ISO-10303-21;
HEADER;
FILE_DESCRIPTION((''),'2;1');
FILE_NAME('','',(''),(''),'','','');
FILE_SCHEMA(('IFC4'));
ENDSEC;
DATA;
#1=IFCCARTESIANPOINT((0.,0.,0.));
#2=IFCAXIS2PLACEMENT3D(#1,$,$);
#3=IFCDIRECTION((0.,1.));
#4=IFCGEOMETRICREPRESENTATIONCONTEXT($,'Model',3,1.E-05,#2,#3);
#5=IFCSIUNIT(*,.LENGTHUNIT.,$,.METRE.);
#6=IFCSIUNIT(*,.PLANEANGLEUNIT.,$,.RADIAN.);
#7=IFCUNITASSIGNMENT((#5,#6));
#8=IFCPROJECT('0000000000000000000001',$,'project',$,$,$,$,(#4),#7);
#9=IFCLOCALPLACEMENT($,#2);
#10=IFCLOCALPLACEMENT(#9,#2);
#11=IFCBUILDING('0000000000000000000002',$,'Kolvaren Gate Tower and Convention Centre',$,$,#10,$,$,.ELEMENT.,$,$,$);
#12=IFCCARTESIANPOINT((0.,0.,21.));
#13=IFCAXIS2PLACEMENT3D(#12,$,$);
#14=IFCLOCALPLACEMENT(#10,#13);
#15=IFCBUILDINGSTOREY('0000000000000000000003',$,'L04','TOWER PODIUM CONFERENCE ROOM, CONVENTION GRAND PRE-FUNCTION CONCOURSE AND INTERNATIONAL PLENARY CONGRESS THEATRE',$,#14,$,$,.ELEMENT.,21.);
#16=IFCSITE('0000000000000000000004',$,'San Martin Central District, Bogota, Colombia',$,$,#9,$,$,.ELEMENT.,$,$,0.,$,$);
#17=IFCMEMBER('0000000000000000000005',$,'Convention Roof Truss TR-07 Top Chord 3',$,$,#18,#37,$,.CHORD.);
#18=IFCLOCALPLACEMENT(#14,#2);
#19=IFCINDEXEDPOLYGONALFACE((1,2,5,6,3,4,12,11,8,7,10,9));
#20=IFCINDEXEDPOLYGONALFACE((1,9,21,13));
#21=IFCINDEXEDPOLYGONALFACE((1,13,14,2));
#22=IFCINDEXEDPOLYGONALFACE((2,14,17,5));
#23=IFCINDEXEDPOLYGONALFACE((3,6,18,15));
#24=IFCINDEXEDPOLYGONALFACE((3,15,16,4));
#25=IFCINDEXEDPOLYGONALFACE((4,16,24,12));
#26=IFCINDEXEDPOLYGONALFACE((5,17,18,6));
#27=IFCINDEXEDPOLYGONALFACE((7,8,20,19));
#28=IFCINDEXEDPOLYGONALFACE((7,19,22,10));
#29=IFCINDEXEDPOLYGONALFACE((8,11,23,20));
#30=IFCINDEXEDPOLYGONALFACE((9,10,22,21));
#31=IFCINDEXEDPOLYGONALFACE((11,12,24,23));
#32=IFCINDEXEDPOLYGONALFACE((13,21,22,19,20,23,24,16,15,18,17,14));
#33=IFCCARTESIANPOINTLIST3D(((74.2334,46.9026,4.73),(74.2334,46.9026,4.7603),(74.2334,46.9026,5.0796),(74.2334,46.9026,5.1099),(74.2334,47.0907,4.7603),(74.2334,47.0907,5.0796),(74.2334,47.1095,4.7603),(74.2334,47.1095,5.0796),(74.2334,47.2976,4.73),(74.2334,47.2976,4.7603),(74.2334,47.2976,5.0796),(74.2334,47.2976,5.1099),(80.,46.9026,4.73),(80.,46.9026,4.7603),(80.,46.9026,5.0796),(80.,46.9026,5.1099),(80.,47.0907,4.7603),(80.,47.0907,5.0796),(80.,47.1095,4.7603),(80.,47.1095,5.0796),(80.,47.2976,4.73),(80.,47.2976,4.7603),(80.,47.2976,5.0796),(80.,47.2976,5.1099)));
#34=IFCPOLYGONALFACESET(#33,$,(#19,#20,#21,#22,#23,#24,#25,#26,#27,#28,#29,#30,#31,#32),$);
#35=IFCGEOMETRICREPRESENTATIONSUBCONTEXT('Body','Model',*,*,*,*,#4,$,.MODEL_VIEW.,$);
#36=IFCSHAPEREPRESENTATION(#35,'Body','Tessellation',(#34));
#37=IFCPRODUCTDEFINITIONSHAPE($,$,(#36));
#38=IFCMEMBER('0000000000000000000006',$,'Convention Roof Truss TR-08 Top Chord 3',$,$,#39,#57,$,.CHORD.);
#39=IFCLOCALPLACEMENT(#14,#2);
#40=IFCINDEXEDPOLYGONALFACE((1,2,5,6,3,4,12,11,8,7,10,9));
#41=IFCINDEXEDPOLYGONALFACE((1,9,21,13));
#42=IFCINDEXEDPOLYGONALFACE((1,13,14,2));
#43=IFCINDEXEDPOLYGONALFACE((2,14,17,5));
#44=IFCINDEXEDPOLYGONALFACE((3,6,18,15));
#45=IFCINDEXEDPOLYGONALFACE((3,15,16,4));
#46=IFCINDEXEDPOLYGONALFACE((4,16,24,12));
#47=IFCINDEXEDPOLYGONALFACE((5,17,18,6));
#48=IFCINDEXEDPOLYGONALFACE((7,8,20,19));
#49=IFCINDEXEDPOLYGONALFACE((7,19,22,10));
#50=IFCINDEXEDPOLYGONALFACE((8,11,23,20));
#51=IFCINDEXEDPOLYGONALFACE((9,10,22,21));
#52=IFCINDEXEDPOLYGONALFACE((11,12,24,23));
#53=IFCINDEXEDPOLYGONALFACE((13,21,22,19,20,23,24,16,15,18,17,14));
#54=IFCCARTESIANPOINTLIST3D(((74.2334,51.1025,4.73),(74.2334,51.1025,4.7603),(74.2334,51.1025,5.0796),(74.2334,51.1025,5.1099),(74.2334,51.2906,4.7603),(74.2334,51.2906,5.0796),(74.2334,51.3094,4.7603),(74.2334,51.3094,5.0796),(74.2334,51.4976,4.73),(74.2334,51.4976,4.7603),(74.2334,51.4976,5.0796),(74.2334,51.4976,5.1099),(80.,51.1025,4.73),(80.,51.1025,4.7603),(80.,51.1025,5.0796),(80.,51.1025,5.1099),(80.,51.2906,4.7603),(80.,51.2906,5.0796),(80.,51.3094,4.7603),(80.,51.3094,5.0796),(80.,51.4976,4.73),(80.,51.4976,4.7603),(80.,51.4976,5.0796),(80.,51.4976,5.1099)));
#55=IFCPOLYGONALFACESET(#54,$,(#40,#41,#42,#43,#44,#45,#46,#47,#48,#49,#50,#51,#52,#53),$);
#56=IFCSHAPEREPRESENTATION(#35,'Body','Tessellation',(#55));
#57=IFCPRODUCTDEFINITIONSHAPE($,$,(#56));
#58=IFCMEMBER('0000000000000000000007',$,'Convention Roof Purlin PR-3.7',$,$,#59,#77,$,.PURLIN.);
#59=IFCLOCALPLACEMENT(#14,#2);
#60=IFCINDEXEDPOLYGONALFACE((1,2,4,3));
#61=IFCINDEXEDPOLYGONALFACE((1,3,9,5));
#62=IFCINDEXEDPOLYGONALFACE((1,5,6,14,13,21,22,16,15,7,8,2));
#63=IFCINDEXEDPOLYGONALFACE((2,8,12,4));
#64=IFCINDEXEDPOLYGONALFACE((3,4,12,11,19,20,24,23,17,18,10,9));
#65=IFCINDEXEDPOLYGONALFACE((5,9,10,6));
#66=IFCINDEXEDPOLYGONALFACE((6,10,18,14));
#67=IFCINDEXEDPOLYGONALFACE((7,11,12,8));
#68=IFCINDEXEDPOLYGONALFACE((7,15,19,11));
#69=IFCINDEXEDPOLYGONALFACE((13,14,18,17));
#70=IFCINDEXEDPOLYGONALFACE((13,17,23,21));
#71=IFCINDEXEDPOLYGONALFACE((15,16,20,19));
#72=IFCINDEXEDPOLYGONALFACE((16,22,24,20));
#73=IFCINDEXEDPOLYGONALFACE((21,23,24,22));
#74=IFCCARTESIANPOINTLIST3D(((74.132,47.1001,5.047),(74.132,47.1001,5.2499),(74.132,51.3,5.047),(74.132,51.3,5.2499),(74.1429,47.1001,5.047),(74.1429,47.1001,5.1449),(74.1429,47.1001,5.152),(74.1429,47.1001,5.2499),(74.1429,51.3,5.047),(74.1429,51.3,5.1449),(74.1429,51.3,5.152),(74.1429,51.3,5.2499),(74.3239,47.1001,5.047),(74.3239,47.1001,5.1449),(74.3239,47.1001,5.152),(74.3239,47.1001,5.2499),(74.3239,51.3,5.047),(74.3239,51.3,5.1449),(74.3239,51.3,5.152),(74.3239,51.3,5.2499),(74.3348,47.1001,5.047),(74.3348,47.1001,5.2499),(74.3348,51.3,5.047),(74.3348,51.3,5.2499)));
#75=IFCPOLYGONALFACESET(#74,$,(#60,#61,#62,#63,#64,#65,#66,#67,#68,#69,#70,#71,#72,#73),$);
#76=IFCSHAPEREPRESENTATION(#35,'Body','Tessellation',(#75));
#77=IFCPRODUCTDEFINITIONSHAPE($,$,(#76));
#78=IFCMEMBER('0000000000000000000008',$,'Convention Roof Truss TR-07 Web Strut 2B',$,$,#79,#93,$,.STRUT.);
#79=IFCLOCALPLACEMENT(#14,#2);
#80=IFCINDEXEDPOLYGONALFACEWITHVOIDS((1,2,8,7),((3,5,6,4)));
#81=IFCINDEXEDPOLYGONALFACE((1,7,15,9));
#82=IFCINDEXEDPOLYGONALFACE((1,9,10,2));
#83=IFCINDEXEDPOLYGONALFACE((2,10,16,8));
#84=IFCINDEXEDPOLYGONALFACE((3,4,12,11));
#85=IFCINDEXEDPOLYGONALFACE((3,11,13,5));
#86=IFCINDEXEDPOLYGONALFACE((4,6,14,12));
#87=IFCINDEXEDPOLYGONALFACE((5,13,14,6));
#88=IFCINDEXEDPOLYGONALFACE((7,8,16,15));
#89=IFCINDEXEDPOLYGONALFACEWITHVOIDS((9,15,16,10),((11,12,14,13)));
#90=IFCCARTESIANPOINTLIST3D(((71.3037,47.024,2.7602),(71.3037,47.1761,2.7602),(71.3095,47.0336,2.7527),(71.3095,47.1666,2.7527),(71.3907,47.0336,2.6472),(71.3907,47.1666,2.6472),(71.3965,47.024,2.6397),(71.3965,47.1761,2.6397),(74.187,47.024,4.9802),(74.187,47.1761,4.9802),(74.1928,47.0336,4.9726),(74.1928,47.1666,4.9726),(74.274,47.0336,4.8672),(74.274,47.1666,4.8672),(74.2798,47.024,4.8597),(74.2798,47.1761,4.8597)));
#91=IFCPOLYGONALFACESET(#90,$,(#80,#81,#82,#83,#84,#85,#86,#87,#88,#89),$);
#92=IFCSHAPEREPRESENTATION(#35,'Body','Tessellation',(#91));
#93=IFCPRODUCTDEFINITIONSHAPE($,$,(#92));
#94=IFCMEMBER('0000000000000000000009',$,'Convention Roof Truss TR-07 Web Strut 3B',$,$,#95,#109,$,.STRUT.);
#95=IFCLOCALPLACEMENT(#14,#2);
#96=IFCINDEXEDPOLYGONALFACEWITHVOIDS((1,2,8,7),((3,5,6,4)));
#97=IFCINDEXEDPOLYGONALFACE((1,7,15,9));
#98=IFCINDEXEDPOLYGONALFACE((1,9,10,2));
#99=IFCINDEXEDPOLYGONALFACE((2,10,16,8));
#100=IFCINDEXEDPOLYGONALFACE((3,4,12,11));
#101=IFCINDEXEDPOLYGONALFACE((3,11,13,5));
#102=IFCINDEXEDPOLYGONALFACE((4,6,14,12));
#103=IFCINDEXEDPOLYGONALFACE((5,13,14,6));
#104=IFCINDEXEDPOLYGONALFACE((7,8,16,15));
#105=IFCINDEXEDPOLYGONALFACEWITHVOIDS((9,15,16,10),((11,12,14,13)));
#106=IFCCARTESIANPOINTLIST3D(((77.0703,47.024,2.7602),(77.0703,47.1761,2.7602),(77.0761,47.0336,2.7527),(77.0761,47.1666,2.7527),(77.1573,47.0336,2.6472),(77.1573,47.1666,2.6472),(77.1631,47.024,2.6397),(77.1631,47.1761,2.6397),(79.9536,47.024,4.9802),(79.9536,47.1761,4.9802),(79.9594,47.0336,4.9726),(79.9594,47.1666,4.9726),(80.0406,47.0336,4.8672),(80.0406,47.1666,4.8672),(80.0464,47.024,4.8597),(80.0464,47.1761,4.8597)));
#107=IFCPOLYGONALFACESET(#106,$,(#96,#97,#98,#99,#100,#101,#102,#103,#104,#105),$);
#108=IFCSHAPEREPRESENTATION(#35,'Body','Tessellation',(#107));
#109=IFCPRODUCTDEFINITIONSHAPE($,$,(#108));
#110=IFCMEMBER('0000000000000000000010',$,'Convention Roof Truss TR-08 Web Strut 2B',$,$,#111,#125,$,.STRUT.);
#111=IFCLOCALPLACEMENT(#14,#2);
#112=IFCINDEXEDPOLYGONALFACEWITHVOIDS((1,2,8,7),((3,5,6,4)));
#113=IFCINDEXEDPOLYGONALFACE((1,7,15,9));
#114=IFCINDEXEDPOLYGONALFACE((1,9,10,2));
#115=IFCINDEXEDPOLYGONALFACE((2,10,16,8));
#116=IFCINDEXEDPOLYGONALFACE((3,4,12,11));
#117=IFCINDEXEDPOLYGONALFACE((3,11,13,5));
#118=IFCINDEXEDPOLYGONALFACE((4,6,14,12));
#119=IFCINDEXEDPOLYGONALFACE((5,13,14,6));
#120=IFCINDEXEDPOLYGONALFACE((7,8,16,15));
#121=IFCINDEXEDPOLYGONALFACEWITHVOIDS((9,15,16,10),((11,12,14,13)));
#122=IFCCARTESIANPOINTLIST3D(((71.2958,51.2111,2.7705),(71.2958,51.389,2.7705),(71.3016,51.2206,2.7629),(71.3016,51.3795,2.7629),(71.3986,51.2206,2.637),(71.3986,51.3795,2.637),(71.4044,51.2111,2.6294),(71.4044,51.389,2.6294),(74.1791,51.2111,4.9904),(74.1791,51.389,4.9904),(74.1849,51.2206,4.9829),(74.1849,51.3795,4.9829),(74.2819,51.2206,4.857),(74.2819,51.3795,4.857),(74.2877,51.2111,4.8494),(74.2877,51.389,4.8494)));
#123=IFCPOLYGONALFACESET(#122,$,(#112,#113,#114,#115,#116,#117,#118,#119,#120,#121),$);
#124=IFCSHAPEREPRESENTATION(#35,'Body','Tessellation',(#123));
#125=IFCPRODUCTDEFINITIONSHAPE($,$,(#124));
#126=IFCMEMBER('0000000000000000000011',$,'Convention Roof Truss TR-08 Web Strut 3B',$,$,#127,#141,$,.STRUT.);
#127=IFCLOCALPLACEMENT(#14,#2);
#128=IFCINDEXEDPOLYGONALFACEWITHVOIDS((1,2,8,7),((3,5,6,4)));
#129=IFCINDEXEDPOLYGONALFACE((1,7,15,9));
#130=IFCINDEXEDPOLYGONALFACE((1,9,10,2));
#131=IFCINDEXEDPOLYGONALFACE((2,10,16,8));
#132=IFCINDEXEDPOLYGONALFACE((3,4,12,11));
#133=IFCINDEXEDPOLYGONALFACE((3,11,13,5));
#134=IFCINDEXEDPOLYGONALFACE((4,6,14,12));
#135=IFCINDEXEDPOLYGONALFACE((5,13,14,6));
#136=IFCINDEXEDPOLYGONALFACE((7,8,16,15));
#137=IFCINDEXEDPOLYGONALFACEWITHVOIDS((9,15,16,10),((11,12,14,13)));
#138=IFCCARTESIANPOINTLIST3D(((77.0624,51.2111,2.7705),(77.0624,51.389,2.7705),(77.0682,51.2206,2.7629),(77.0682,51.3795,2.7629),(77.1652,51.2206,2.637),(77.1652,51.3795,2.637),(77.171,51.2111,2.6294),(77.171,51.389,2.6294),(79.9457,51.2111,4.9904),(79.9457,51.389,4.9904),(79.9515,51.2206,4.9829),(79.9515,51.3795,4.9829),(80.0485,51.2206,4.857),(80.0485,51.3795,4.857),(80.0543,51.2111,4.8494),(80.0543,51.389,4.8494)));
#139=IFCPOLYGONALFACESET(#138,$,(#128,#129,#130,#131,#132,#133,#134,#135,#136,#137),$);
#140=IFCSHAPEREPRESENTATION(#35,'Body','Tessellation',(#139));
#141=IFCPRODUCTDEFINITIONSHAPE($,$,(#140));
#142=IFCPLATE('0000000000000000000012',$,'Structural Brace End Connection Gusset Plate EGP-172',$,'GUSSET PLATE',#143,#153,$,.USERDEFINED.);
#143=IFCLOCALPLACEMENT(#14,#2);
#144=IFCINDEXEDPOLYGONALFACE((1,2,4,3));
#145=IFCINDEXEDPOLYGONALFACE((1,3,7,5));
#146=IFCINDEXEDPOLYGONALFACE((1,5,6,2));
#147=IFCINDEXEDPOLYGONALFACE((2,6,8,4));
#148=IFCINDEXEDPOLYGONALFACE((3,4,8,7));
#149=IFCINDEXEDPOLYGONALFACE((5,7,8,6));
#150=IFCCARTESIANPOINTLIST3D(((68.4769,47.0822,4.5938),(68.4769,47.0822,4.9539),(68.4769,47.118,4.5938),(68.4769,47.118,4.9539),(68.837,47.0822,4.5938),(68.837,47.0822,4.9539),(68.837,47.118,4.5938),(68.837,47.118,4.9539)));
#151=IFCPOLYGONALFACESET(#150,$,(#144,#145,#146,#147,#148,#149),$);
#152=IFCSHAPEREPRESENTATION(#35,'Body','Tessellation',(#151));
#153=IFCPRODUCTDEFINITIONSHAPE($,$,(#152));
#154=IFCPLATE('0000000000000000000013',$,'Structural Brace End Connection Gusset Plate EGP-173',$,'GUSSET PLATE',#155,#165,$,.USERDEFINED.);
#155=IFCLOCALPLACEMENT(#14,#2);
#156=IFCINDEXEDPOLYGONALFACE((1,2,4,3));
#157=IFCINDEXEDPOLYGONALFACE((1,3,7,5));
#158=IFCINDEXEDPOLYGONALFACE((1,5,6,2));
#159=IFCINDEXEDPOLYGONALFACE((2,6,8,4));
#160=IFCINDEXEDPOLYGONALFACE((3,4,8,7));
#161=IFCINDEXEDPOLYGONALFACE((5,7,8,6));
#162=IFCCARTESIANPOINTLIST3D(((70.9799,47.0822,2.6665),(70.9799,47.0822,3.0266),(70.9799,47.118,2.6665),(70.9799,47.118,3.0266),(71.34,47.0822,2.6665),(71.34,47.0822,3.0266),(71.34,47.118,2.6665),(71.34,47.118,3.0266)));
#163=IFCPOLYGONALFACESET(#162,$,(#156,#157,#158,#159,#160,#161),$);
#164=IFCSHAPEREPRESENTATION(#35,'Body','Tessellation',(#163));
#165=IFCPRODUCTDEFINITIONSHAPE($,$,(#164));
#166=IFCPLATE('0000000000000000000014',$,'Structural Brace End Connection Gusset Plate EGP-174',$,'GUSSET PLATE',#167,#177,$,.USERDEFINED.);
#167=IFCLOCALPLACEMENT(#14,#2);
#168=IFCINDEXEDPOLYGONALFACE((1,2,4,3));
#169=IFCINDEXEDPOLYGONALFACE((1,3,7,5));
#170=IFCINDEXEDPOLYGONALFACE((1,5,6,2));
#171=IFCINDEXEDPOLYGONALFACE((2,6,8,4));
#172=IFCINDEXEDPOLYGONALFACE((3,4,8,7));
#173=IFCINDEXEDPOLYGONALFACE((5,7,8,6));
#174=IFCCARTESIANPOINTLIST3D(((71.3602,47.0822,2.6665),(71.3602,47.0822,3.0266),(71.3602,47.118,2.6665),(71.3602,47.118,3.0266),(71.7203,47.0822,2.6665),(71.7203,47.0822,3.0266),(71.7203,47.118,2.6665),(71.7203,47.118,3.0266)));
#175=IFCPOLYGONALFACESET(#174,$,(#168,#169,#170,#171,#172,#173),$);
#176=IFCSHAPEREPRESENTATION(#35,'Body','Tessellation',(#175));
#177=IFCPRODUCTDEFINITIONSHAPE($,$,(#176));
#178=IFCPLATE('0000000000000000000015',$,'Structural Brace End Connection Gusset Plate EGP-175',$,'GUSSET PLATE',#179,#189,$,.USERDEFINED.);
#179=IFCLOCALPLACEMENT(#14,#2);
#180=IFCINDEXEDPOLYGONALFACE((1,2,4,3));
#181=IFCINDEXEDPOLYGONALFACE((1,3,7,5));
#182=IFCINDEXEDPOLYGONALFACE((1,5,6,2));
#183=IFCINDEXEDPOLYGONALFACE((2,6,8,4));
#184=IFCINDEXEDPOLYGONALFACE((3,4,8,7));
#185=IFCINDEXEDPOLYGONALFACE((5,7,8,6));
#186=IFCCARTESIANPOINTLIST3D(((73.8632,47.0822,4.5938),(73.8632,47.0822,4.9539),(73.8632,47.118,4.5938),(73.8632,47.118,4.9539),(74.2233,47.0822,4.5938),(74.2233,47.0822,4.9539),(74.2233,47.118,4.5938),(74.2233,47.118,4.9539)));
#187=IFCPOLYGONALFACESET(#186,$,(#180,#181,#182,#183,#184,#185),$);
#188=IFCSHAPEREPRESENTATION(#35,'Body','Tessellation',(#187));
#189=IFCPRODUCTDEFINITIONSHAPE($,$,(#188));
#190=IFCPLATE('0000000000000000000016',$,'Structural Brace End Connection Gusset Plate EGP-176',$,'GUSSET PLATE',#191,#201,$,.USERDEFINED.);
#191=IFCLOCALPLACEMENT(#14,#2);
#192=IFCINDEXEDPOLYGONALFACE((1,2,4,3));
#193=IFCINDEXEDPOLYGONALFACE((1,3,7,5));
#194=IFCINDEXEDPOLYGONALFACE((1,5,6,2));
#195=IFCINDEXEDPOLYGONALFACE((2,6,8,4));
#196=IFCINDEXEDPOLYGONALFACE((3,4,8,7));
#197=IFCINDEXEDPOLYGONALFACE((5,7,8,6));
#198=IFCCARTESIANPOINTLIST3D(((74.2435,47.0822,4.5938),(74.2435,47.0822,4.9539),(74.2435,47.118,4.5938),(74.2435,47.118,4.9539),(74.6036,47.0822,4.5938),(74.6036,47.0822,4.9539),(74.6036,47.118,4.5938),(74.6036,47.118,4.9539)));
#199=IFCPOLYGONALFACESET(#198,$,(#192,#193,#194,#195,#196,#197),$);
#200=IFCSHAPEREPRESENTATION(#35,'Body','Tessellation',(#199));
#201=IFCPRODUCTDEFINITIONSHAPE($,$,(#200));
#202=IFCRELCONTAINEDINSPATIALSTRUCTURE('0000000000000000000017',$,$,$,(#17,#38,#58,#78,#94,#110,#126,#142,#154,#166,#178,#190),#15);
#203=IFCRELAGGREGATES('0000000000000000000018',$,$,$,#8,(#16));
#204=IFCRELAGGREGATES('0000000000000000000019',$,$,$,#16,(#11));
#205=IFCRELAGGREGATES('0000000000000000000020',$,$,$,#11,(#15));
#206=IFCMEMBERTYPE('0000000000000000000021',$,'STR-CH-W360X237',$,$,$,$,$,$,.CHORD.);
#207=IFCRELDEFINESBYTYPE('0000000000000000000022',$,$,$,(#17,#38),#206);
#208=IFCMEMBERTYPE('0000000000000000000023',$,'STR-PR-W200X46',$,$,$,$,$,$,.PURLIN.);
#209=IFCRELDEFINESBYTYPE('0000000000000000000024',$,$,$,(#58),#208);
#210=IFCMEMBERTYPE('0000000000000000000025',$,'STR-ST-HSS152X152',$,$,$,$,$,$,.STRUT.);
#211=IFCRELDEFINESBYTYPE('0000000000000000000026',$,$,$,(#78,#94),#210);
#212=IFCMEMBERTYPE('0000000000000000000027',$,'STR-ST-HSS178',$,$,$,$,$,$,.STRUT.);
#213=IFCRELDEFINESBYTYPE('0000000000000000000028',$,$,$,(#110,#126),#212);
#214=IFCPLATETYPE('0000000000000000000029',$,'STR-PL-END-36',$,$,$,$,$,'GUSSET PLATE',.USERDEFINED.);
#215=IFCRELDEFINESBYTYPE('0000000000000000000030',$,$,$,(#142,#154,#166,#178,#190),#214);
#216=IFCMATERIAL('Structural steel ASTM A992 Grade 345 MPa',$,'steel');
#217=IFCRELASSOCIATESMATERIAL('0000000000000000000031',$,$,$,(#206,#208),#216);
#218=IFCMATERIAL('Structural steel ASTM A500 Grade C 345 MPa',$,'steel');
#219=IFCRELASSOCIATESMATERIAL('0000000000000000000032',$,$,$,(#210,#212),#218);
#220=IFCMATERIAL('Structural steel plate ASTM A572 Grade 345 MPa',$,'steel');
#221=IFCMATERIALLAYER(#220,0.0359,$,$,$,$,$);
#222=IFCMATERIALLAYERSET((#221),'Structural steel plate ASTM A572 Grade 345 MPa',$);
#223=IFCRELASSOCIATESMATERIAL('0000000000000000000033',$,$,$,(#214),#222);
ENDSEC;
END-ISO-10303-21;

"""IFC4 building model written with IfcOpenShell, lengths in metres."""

from ifc_helpers import new_model, si_unit, direction, frame, origin, origin_2d, place, context, subcontext, project, spatial, rectangle, hollow_rectangle, i_section, extrude, material, layer, layer_set, material_profile, profile_set, type_object, element, save


model = new_model("IFC4")

# Units and contexts
model_context = context("Model", 3, precision=1e-05, world=origin(), true_north=direction((0.0, 1.0)))
body_context = subcontext(model_context, "Body", "Model", "MODEL_VIEW")
ifc_project = project(units=[si_unit("LENGTHUNIT", "METRE"), si_unit("PLANEANGLEUNIT", "RADIAN")], contexts=[model_context])

# Site, building, storey
site_placement = place(None, origin())
site = spatial("IfcSite", under=ifc_project, at=site_placement, Name="San Martin Central District, Bogota, Colombia", CompositionType="ELEMENT", RefElevation=0.0)
building_placement = place(site_placement, origin())
building = spatial("IfcBuilding", under=site, at=building_placement, Name="Kolvaren Gate Tower and Convention Centre", CompositionType="ELEMENT")
storey_placement = place(building_placement, frame((0.0, 0.0, 21.0)))
storey = spatial("IfcBuildingStorey", under=building, at=storey_placement, Name="L04", Description="TOWER PODIUM CONFERENCE ROOM, CONVENTION GRAND PRE-FUNCTION CONCOURSE AND INTERNATIONAL PLENARY CONGRESS THEATRE", CompositionType="ELEMENT", Elevation=21.0)

# Shared definitions
ifc_material_1 = material(Name="Structural steel ASTM A992 Grade 345 MPa", Category="steel")

# Members
ifc_material_2 = material(Name="Structural steel ASTM A500 Grade C 345 MPa", Category="steel")
ifc_material_profile_1 = material_profile(ifc_material_1, i_section(OverallWidth=0.395, OverallDepth=0.3799, WebThickness=0.0188, FlangeThickness=0.0303, at=origin_2d()), Name="W360X237")
ifc_profile_set_1 = profile_set([ifc_material_profile_1], Name="Structural steel ASTM A992 Grade 345 MPa")
member_type_1 = type_object("IfcMemberType", Name="STR-CH-W360X237", PredefinedType="CHORD", material=ifc_profile_set_1)
for number, where, z_axis, x_axis, name in (
    (1, (74.2334, 47.1001, 4.9199), (1.0, 0.0, 0.0), (0.0, 1.0, 0.0), "Convention Roof Truss TR-07 Top Chord 3"),
    (2, (74.2334, 51.3, 4.9199), (1.0, 0.0, 0.0), (0.0, 1.0, 0.0), "Convention Roof Truss TR-08 Top Chord 3"),
):
    element("IfcMember", number, at=place(storey_placement, frame(where, z_axis=z_axis, x_axis=x_axis)), inside=storey, type_object=member_type_1, Name=name, PredefinedType="CHORD", context=body_context, shape_type="SweptSolid", body=[
        extrude(i_section(OverallWidth=0.395, OverallDepth=0.3799, WebThickness=0.0188, FlangeThickness=0.0303, at=origin_2d()), origin(), (0.0, 0.0, 1.0), 5.7666),
    ])
ifc_material_profile_2 = material_profile(ifc_material_1, i_section(OverallWidth=0.2029, OverallDepth=0.2029, WebThickness=0.0071, FlangeThickness=0.011, at=origin_2d()), Name="W200X46")
ifc_profile_set_2 = profile_set([ifc_material_profile_2], Name="Structural steel ASTM A992 Grade 345 MPa")
member_type_2 = type_object("IfcMemberType", Name="STR-PR-W200X46", PredefinedType="PURLIN", material=ifc_profile_set_2)
member_placement = place(storey_placement, frame((74.2334, 47.1001, 5.1484), z_axis=(0.0, 1.0, 0.0), x_axis=(0.0, 0.0, 1.0)))
element("IfcMember", 3, at=member_placement, inside=storey, type_object=member_type_2, Name="Convention Roof Purlin PR-3.7", PredefinedType="PURLIN", context=body_context, shape_type="SweptSolid", body=[
    extrude(i_section(OverallWidth=0.2029, OverallDepth=0.2029, WebThickness=0.0071, FlangeThickness=0.011, at=origin_2d()), origin(), (0.0, 0.0, 1.0), 4.2),
])
ifc_material_profile_3 = material_profile(ifc_material_2, hollow_rectangle(XDim=0.1521, YDim=0.1521, WallThickness=0.0095, at=origin_2d()), Name="HSS152X152X9.5")
ifc_profile_set_3 = profile_set([ifc_material_profile_3], Name="Structural steel ASTM A500 Grade C 345 MPa")
member_type_3 = type_object("IfcMemberType", Name="STR-ST-HSS152X152", PredefinedType="STRUT", material=ifc_profile_set_3)
for number, where, z_axis, x_axis, name in (
    (4, (71.3501, 47.1001, 2.7), (0.792352, 0.0, 0.610064), (0.0, 1.0, 0.0), "Convention Roof Truss TR-07 Web Strut 2B"),
    (5, (77.1167, 47.1001, 2.7), (0.792352, 0.0, 0.610064), (0.0, 1.0, 0.0), "Convention Roof Truss TR-07 Web Strut 3B"),
):
    element("IfcMember", number, at=place(storey_placement, frame(where, z_axis=z_axis, x_axis=x_axis)), inside=storey, type_object=member_type_3, Name=name, PredefinedType="STRUT", context=body_context, shape_type="SweptSolid", body=[
        extrude(hollow_rectangle(XDim=0.1521, YDim=0.1521, WallThickness=0.0095, at=origin_2d()), origin(), (0.0, 0.0, 1.0), 3.6389),
    ])
ifc_material_profile_4 = material_profile(ifc_material_2, hollow_rectangle(XDim=0.178, YDim=0.178, WallThickness=0.0095, at=origin_2d()), Name="HSS178X178X9.5")
ifc_profile_set_4 = profile_set([ifc_material_profile_4], Name="Structural steel ASTM A500 Grade C 345 MPa")
member_type_4 = type_object("IfcMemberType", Name="STR-ST-HSS178", PredefinedType="STRUT", material=ifc_profile_set_4)
for number, where, z_axis, x_axis, name in (
    (6, (71.3501, 51.3, 2.7), (0.792352, 0.0, 0.610064), (0.0, 1.0, 0.0), "Convention Roof Truss TR-08 Web Strut 2B"),
    (7, (77.1167, 51.3, 2.7), (0.792352, 0.0, 0.610064), (0.0, 1.0, 0.0), "Convention Roof Truss TR-08 Web Strut 3B"),
):
    element("IfcMember", number, at=place(storey_placement, frame(where, z_axis=z_axis, x_axis=x_axis)), inside=storey, type_object=member_type_4, Name=name, PredefinedType="STRUT", context=body_context, shape_type="SweptSolid", body=[
        extrude(hollow_rectangle(XDim=0.178, YDim=0.178, WallThickness=0.0095, at=origin_2d()), origin(), (0.0, 0.0, 1.0), 3.6389),
    ])

# Plates
ifc_material_3 = material(Name="Structural steel plate ASTM A572 Grade 345 MPa", Category="steel")
ifc_layer_1 = layer(ifc_material_3, 0.0359)
ifc_layer_set_1 = layer_set([ifc_layer_1], Name="Structural steel plate ASTM A572 Grade 345 MPa")
plate_type = type_object("IfcPlateType", Name="STR-PL-END-36", ElementType="GUSSET PLATE", PredefinedType="USERDEFINED", material=ifc_layer_set_1)
for number, where, z_axis, x_axis, name in (
    (8, (68.657, 47.1001, 4.5938), (0.0, 0.0, 1.0), (1.0, 0.0, 0.0), "Structural Brace End Connection Gusset Plate EGP-172"),
    (9, (71.1599, 47.1001, 2.6665), (0.0, 0.0, 1.0), (1.0, 0.0, 0.0), "Structural Brace End Connection Gusset Plate EGP-173"),
    (10, (71.5403, 47.1001, 2.6665), (0.0, 0.0, 1.0), (1.0, 0.0, 0.0), "Structural Brace End Connection Gusset Plate EGP-174"),
    (11, (74.0432, 47.1001, 4.5938), (0.0, 0.0, 1.0), (1.0, 0.0, 0.0), "Structural Brace End Connection Gusset Plate EGP-175"),
    (12, (74.4236, 47.1001, 4.5938), (0.0, 0.0, 1.0), (1.0, 0.0, 0.0), "Structural Brace End Connection Gusset Plate EGP-176"),
):
    element("IfcPlate", number, at=place(storey_placement, frame(where, z_axis=z_axis, x_axis=x_axis)), inside=storey, type_object=plate_type, Name=name, ObjectType="GUSSET PLATE", PredefinedType="USERDEFINED", context=body_context, shape_type="SweptSolid", body=[
        extrude(rectangle(XDim=0.3601, YDim=0.0359, at=origin_2d()), origin(), (0.0, 0.0, 1.0), 0.3601),
    ])

save(model, "model.ifc")
